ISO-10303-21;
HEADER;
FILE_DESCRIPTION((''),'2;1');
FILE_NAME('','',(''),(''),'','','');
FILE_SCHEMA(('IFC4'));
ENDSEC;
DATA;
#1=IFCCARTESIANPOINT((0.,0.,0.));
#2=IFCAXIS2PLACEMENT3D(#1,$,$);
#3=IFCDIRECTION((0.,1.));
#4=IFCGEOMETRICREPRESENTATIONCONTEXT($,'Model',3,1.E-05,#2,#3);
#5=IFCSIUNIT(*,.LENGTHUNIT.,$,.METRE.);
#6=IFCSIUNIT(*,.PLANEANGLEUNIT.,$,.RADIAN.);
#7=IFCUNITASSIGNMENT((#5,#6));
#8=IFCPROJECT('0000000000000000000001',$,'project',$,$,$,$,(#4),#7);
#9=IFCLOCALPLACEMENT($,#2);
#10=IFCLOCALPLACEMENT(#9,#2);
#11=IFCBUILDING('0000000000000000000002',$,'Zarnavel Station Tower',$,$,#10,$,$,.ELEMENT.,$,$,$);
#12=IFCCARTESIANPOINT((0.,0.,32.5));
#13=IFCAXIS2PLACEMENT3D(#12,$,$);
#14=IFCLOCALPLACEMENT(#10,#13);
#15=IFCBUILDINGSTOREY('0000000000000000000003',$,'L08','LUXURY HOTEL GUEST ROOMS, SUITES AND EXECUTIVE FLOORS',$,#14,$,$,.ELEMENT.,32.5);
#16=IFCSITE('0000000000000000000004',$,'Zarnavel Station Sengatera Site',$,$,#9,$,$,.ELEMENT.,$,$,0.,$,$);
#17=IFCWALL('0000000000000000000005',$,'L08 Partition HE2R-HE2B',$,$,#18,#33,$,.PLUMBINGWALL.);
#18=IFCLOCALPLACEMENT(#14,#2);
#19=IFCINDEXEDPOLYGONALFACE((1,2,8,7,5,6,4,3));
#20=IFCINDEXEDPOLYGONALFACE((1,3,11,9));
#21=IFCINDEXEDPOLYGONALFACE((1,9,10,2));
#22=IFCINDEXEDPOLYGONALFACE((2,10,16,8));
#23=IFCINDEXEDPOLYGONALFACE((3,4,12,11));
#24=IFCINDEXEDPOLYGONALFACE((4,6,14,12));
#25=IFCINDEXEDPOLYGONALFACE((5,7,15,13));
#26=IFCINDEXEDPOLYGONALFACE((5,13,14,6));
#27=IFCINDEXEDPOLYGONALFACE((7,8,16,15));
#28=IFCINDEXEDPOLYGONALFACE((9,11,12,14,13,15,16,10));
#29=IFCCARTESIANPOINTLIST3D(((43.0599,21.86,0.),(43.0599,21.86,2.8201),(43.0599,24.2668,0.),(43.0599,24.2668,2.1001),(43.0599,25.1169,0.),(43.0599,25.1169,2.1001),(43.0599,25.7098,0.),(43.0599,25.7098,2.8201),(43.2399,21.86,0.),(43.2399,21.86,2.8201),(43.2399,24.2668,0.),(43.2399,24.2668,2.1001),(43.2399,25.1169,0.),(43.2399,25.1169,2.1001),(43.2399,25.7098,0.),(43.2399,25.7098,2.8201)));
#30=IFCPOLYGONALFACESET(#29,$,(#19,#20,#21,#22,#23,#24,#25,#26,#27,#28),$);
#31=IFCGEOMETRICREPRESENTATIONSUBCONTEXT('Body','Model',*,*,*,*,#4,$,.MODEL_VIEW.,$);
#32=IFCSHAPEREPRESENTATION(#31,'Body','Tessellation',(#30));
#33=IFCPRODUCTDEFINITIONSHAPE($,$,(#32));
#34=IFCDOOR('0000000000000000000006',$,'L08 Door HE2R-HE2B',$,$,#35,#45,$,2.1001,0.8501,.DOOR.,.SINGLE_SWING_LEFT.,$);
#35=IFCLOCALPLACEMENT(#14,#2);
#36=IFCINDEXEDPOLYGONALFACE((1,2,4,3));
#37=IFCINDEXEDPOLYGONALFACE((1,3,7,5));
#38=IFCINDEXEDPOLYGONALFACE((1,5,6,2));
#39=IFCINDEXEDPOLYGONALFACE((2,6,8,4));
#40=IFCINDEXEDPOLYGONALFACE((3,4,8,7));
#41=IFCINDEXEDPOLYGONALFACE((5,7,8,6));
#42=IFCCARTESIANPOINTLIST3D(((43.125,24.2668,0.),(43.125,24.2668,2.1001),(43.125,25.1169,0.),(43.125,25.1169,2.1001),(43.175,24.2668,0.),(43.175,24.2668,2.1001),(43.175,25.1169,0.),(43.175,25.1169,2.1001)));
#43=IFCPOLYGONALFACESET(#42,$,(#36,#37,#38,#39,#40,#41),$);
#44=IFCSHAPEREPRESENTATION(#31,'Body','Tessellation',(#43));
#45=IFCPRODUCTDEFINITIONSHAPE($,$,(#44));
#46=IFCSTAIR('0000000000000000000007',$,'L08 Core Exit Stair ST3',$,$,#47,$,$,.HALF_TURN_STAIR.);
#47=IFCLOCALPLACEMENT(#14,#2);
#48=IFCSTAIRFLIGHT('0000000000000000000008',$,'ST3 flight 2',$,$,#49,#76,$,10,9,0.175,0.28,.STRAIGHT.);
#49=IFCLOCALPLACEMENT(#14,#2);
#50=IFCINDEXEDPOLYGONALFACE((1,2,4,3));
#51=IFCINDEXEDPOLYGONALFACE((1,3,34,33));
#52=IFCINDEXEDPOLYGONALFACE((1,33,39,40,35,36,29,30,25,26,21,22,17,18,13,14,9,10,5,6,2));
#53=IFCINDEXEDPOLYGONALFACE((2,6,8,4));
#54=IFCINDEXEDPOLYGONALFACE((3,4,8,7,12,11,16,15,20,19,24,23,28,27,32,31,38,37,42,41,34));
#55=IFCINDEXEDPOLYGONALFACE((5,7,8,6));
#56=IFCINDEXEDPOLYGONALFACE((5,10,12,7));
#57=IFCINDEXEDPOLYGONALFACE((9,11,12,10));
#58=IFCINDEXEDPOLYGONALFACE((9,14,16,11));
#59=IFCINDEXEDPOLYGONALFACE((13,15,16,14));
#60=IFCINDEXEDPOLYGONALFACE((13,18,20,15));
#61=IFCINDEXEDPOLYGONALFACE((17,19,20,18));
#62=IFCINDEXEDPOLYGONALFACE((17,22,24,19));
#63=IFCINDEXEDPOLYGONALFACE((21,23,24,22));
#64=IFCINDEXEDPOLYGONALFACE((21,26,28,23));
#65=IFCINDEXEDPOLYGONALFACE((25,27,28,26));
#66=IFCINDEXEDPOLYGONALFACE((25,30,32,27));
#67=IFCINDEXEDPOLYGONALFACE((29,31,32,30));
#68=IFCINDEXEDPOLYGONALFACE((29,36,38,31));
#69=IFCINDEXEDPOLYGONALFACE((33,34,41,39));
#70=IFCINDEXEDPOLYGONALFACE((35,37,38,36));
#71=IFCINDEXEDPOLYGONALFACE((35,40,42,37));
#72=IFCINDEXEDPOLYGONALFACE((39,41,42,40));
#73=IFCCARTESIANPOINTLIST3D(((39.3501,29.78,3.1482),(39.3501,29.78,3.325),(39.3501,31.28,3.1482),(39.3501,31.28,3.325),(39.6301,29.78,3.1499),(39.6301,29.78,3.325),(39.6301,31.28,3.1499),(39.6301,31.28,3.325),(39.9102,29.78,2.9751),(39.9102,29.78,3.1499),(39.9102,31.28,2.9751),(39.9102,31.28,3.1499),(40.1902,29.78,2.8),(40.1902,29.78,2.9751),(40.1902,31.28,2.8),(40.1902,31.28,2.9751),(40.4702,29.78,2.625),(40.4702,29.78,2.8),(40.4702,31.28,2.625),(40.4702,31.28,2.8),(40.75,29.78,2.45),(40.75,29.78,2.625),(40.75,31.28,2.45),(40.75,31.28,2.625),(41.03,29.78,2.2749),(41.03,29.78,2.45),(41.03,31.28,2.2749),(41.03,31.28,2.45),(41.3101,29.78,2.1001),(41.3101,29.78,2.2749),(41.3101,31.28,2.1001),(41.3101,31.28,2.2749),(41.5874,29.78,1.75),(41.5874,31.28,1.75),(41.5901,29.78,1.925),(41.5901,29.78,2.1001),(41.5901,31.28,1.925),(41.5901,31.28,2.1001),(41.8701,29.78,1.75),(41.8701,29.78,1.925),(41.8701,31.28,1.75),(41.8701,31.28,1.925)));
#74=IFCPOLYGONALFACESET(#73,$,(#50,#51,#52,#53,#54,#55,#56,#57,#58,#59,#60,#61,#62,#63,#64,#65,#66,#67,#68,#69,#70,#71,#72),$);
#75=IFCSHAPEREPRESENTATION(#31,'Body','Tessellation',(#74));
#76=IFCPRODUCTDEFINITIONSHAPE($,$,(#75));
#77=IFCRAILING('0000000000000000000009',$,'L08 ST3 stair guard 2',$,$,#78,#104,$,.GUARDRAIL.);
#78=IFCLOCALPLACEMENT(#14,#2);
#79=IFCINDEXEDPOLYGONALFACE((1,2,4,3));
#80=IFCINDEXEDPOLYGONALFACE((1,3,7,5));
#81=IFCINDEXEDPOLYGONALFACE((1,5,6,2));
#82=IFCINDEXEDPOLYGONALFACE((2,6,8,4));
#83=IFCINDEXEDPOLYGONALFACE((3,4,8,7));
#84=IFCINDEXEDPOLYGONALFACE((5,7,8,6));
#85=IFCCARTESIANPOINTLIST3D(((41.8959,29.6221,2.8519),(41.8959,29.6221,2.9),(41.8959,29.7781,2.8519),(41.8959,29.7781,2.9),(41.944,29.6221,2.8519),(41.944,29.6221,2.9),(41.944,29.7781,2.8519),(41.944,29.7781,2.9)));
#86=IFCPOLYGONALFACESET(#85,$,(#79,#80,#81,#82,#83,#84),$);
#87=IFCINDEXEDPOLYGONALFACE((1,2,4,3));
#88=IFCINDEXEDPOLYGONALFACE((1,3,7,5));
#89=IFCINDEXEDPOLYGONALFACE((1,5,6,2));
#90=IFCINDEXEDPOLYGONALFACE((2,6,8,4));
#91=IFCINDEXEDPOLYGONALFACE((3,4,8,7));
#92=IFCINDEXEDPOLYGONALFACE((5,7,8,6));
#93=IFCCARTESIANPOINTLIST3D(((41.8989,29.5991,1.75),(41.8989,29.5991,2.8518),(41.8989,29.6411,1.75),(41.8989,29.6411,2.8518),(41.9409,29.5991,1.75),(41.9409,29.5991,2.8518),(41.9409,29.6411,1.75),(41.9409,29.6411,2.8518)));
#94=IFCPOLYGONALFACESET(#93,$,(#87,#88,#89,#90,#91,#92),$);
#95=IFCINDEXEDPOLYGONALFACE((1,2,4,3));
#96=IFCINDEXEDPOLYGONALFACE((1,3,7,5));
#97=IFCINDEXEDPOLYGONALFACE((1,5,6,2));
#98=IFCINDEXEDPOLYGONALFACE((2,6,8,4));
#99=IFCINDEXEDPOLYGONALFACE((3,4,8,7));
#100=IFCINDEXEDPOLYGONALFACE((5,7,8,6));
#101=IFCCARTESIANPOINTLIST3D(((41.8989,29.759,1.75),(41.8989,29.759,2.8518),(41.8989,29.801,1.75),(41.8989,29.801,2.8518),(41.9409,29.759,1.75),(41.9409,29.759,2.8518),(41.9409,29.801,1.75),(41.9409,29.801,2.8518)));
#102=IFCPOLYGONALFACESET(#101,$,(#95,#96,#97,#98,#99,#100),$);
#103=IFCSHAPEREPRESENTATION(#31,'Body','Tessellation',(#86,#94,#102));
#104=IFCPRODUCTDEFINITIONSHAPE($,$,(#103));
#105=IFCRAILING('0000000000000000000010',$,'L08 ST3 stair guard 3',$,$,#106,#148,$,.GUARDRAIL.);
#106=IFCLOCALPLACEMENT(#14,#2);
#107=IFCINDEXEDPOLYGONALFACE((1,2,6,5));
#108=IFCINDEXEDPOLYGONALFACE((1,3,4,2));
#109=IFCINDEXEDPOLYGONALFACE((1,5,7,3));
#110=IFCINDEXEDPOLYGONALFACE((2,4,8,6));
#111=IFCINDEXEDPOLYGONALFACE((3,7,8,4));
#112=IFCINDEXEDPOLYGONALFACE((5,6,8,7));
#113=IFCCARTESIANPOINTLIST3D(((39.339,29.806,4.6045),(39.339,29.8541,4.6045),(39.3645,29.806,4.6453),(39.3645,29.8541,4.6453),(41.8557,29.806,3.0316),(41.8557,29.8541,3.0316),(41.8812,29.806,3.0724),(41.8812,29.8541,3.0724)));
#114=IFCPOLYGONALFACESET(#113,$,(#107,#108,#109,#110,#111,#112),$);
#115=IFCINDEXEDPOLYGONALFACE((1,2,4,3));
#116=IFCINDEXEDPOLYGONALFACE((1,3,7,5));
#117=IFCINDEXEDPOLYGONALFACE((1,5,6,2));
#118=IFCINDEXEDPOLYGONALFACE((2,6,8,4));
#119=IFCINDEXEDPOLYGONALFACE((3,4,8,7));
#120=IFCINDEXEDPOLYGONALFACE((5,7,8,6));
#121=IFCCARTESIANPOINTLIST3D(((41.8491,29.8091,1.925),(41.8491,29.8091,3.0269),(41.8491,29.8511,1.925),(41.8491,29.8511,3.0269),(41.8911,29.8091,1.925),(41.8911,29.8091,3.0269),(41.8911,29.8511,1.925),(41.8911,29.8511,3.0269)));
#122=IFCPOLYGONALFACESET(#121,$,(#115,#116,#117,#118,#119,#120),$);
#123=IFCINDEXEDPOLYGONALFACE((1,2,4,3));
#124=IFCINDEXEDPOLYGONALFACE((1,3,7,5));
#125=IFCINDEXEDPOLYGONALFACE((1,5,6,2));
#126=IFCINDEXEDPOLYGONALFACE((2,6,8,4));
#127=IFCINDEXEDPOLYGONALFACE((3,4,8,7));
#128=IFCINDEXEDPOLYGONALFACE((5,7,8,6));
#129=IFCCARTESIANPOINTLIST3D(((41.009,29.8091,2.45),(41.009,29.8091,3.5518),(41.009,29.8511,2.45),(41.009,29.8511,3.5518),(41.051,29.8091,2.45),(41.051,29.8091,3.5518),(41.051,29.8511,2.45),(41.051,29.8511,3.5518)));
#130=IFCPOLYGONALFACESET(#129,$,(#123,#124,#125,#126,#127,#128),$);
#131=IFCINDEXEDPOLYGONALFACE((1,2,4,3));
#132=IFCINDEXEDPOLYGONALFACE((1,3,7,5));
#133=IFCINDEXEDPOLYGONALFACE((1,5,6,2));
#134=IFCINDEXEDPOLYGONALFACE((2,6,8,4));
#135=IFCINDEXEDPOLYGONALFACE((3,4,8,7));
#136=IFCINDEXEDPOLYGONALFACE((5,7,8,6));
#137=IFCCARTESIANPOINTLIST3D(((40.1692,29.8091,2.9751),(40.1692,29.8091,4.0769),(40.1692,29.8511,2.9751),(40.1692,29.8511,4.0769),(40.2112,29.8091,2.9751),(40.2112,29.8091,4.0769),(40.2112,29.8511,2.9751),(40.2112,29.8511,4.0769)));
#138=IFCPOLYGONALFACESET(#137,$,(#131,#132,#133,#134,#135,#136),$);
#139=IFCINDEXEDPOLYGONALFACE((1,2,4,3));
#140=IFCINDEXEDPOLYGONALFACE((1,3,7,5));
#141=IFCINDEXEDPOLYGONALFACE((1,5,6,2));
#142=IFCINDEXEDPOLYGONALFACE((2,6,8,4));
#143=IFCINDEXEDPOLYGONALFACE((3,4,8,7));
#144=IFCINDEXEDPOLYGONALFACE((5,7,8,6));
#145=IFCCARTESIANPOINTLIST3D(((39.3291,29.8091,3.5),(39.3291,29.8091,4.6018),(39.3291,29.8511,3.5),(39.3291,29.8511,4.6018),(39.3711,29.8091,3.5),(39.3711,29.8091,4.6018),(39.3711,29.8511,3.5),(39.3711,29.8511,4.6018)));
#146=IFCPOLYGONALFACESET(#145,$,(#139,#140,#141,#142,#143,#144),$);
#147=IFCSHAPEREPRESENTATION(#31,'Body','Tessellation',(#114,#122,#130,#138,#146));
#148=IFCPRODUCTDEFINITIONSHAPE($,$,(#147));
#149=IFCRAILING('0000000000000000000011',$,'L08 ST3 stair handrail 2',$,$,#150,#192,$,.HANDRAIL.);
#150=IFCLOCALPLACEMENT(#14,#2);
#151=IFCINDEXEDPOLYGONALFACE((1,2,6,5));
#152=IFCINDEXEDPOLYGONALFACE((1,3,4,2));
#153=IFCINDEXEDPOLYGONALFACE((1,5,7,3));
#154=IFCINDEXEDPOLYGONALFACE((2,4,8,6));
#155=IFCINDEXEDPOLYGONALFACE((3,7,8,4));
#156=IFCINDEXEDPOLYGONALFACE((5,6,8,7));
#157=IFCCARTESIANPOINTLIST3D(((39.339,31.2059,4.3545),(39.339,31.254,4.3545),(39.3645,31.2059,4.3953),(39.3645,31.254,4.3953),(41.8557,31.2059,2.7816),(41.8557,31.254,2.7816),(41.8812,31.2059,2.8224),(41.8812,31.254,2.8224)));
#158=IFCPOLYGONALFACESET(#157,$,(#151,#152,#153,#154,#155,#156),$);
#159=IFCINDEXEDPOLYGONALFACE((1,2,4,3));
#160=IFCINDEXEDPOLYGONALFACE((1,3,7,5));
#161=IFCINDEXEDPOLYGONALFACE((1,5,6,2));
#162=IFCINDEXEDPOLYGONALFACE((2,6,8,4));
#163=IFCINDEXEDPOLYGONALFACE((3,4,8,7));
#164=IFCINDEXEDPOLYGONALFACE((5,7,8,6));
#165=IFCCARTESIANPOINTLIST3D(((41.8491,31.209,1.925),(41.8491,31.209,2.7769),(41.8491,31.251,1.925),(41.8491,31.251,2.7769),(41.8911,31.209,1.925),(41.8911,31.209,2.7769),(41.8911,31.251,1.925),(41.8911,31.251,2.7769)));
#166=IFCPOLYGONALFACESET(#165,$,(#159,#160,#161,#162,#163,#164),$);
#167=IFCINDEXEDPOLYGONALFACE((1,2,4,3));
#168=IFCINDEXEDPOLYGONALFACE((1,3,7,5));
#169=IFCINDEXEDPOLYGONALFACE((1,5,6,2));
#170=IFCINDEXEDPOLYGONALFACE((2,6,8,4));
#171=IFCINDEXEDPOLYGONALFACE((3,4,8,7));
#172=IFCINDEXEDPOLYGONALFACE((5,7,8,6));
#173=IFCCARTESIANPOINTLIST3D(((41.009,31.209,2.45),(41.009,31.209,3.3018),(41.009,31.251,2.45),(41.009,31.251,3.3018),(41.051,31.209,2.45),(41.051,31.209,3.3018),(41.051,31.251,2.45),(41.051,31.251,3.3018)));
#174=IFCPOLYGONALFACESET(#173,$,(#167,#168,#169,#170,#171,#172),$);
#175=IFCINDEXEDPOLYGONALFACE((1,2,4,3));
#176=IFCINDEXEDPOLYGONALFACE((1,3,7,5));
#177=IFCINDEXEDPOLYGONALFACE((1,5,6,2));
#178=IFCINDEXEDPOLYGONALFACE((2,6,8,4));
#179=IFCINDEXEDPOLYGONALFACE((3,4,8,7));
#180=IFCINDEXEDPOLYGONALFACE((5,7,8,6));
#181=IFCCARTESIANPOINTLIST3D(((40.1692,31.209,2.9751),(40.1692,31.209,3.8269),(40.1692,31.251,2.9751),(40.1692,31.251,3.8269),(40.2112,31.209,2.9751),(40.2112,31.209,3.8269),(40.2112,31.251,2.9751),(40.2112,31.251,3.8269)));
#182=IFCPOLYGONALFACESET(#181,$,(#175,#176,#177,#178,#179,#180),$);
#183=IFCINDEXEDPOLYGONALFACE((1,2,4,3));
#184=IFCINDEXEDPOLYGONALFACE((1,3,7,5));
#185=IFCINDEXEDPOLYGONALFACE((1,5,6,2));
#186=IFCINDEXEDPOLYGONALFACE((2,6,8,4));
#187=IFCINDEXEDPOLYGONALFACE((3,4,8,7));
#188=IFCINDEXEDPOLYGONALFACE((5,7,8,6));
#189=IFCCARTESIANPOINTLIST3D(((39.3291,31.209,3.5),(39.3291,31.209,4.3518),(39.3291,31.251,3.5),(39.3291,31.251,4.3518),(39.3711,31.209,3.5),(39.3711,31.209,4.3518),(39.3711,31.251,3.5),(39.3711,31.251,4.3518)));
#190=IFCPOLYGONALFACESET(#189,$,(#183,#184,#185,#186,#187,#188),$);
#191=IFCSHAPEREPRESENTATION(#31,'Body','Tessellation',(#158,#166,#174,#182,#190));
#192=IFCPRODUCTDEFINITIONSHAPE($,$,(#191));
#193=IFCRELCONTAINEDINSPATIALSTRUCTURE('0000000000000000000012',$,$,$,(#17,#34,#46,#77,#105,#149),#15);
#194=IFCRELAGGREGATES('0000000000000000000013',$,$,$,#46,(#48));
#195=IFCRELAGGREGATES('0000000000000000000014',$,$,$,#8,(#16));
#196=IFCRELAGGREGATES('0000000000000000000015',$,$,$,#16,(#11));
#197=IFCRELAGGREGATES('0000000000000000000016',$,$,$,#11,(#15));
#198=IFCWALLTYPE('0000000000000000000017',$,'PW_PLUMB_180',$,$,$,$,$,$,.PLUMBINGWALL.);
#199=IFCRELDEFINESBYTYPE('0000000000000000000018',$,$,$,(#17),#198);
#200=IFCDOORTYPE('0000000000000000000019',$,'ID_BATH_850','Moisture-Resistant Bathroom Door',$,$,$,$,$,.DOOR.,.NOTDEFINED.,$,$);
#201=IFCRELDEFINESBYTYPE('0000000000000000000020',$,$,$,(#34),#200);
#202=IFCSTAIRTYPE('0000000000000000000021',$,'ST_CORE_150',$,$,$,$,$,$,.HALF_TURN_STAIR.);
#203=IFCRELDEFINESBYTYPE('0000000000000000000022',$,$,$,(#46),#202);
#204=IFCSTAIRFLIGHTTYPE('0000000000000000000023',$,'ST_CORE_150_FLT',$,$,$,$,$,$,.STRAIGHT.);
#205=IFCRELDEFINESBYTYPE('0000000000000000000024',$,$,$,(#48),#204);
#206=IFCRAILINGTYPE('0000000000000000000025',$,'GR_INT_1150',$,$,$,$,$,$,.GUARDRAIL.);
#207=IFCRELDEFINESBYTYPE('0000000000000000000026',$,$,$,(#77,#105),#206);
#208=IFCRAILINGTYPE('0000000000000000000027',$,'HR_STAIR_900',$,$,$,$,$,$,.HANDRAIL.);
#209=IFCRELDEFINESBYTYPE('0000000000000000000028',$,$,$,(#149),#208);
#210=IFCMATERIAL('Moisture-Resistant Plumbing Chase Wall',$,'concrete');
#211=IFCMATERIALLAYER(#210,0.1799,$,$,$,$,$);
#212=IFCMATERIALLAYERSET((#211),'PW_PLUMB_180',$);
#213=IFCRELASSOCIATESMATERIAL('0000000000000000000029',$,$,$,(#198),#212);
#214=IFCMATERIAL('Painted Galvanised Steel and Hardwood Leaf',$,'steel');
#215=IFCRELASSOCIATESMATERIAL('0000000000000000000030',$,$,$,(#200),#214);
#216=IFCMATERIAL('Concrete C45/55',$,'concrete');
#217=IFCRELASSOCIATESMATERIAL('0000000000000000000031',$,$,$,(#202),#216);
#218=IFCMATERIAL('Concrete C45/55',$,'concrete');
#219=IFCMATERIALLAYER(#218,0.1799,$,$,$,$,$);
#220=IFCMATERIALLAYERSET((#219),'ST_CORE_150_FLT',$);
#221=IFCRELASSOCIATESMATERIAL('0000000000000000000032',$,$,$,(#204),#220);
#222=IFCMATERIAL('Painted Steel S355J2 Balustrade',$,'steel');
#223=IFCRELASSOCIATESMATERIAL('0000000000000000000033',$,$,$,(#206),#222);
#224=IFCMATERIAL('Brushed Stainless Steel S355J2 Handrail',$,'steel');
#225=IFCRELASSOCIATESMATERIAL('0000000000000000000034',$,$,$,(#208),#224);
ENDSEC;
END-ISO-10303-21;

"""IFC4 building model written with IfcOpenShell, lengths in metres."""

from ifc_helpers import new_model, si_unit, direction, frame, frame_2d, origin, origin_2d, place, context, subcontext, project, spatial, polyline, rectangle, outline, extrude, material, layer, layer_set, type_object, element, fill, aggregate, save


model = new_model("IFC4")

# Units and contexts
model_context = context("Model", 3, precision=1e-05, world=origin(), true_north=direction((0.0, 1.0)))
body_context = subcontext(model_context, "Body", "Model", "MODEL_VIEW")
ifc_project = project(units=[si_unit("LENGTHUNIT", "METRE"), si_unit("PLANEANGLEUNIT", "RADIAN")], contexts=[model_context])

# Site, building, storey
site_placement = place(None, origin())
site = spatial("IfcSite", under=ifc_project, at=site_placement, Name="Zarnavel Station Sengatera Site", CompositionType="ELEMENT", RefElevation=0.0)
building_placement = place(site_placement, origin())
building = spatial("IfcBuilding", under=site, at=building_placement, Name="Zarnavel Station Tower", CompositionType="ELEMENT")
storey_placement = place(building_placement, frame((0.0, 0.0, 32.5)))
storey = spatial("IfcBuildingStorey", under=building, at=storey_placement, Name="L08", Description="LUXURY HOTEL GUEST ROOMS, SUITES AND EXECUTIVE FLOORS", CompositionType="ELEMENT", Elevation=32.5)

# Shared definitions
ifc_material_1 = material(Name="Moisture-Resistant Plumbing Chase Wall", Category="concrete")
ifc_layer_1 = layer(ifc_material_1, 0.1799)
ifc_layer_set_1 = layer_set([ifc_layer_1], Name="PW_PLUMB_180")
wall_type_1 = type_object("IfcWallType", Name="PW_PLUMB_180", PredefinedType="PLUMBINGWALL", material=ifc_layer_set_1)

# Wall, opening, door
wall_1_placement = place(storey_placement, frame((43.1499, 21.8601, 0.0), z_axis=(0.0, 0.0, 1.0), x_axis=(0.0, 1.0, 0.0)))
wall_1 = element("IfcWall", 1, at=wall_1_placement, inside=storey, type_object=wall_type_1, Name="L08 Partition HE2R-HE2B", PredefinedType="PLUMBINGWALL", context=body_context, shape_type="SweptSolid", body=[
    extrude(rectangle(XDim=3.8499, YDim=0.1799, at=frame_2d((1.9248, 0.0))), origin(), (0.0, 0.0, 1.0), 2.8201),
])
opening_1_placement = place(wall_1_placement, frame((2.4067, 0.0, 0.0)))
opening_1 = element("IfcOpeningElement", 2, at=opening_1_placement, cuts=wall_1, PredefinedType="OPENING", context=body_context, shape_type="SweptSolid", body=[
    extrude(rectangle(XDim=0.8501, YDim=2.1001, at=frame_2d((0.425, 1.05))), frame((0.0, 0.0999, 0.0), z_axis=(0.0, -1.0, 0.0), x_axis=(1.0, 0.0, 0.0)), (0.0, 0.0, 1.0), 0.2),
])
ifc_material_2 = material(Name="Painted Galvanised Steel and Hardwood Leaf", Category="steel")
door_type_1 = type_object("IfcDoorType", Name="ID_BATH_850", Description="Moisture-Resistant Bathroom Door", OperationType="NOTDEFINED", PredefinedType="DOOR", material=ifc_material_2)
door_1_placement = place(opening_1_placement, origin())
door_1 = element("IfcDoor", 3, at=door_1_placement, inside=storey, type_object=door_type_1, Name="L08 Door HE2R-HE2B", OperationType="SINGLE_SWING_LEFT", OverallHeight=2.1001, OverallWidth=0.8501, PredefinedType="DOOR", context=body_context, shape_type="SweptSolid", body=[
    extrude(rectangle(XDim=0.8501, YDim=2.1001, at=frame_2d((0.425, 1.05))), frame((0.0, 0.0249, 0.0), z_axis=(0.0, -1.0, 0.0), x_axis=(1.0, 0.0, 0.0)), (0.0, 0.0, 1.0), 0.05),
])
fill(opening_1, door_1)

# Stair, stair flight
ifc_material_3 = material(Name="Concrete C45/55", Category="concrete")
stair_type = type_object("IfcStairType", Name="ST_CORE_150", PredefinedType="HALF_TURN_STAIR", material=ifc_material_3)
stair_placement = place(storey_placement, origin())
stair = element("IfcStair", 4, at=stair_placement, inside=storey, type_object=stair_type, Name="L08 Core Exit Stair ST3", PredefinedType="HALF_TURN_STAIR")
ifc_material_4 = material(Name="Concrete C45/55", Category="concrete")
ifc_layer_2 = layer(ifc_material_4, 0.1799)
ifc_layer_set_2 = layer_set([ifc_layer_2], Name="ST_CORE_150_FLT")
stair_flight_type = type_object("IfcStairFlightType", Name="ST_CORE_150_FLT", PredefinedType="STRAIGHT", material=ifc_layer_set_2)
stair_flight_placement = place(storey_placement, frame((41.8701, 30.53, 1.75), z_axis=(0.0, 0.0, 1.0), x_axis=(-1.0, 0.0, 0.0)))
stair_flight = element("IfcStairFlight", 5, at=stair_flight_placement, type_object=stair_flight_type, Name="ST3 flight 2", NumberOfRisers=10, NumberOfTreads=9, PredefinedType="STRAIGHT", RiserHeight=0.175, TreadLength=0.28, context=body_context, shape_type="SweptSolid", body=[
    extrude(outline(polyline([(0.0, 0.0), (0.0, 0.175), (0.28, 0.175), (0.28, 0.3501), (0.5601, 0.3501), (0.5601, 0.5249), (0.8401, 0.5249), (0.8401, 0.7), (1.1201, 0.7), (1.1201, 0.875), (1.3999, 0.875), (1.3999, 1.05), (1.6799, 1.05), (1.6799, 1.2251), (1.96, 1.2251), (1.96, 1.3999), (2.24, 1.3999), (2.24, 1.575), (2.52, 1.575), (2.52, 1.75), (2.52, 1.3982), (0.2827, 0.0), (0.0, 0.0)])), frame((0.0, 0.75, 0.0), z_axis=(0.0, -1.0, 0.0), x_axis=(1.0, 0.0, 0.0)), (0.0, 0.0, 1.0), 1.5),
])
aggregate(stair, [stair_flight])

# Railings
ifc_material_5 = material(Name="Painted Steel S355J2 Balustrade", Category="steel")
railing_type_1 = type_object("IfcRailingType", Name="GR_INT_1150", PredefinedType="GUARDRAIL", material=ifc_material_5)
railing_1_placement = place(storey_placement, frame((41.9199, 29.6201, 1.75)))
element("IfcRailing", 6, at=railing_1_placement, inside=storey, type_object=railing_type_1, Name="L08 ST3 stair guard 2", PredefinedType="GUARDRAIL", context=body_context, shape_type="SweptSolid", body=[
    extrude(rectangle(XDim=0.0481, YDim=0.0481, at=origin_2d()), frame((0.0, 0.002, 1.126), z_axis=(0.0, 1.0, 0.0), x_axis=(-1.0, 0.0, 0.0)), (0.0, 0.0, 1.0), 0.156),
    extrude(rectangle(XDim=0.042, YDim=0.042, at=origin_2d()), origin(), (0.0, 0.0, 1.0), 1.1018),
    extrude(rectangle(XDim=0.042, YDim=0.042, at=origin_2d()), frame((0.0, 0.1599, 0.0)), (0.0, 0.0, 1.0), 1.1018),
])
railing_2_placement = place(storey_placement, frame((41.8701, 29.8301, 1.925)))
element("IfcRailing", 7, at=railing_2_placement, inside=storey, type_object=railing_type_1, Name="L08 ST3 stair guard 3", PredefinedType="GUARDRAIL", context=body_context, shape_type="SweptSolid", body=[
    extrude(rectangle(XDim=0.0481, YDim=0.0481, at=origin_2d()), frame((-0.0017, 0.0, 1.127), z_axis=(-0.848008, 0.0, 0.529984), x_axis=(0.0, -1.0, 0.0)), (0.0, 0.0, 1.0), 2.9678),
    extrude(rectangle(XDim=0.042, YDim=0.042, at=origin_2d()), origin(), (0.0, 0.0, 1.0), 1.1018),
    extrude(rectangle(XDim=0.042, YDim=0.042, at=origin_2d()), frame((-0.8401, 0.0, 0.5249)), (0.0, 0.0, 1.0), 1.1018),
    extrude(rectangle(XDim=0.042, YDim=0.042, at=origin_2d()), frame((-1.6799, 0.0, 1.05)), (0.0, 0.0, 1.0), 1.1018),
    extrude(rectangle(XDim=0.042, YDim=0.042, at=origin_2d()), frame((-2.52, 0.0, 1.575)), (0.0, 0.0, 1.0), 1.1018),
])
ifc_material_6 = material(Name="Brushed Stainless Steel S355J2 Handrail", Category="steel")
railing_type_2 = type_object("IfcRailingType", Name="HR_STAIR_900", PredefinedType="HANDRAIL", material=ifc_material_6)
railing_3_placement = place(storey_placement, frame((41.8701, 31.23, 1.925)))
element("IfcRailing", 8, at=railing_3_placement, inside=storey, type_object=railing_type_2, Name="L08 ST3 stair handrail 2", PredefinedType="HANDRAIL", context=body_context, shape_type="SweptSolid", body=[
    extrude(rectangle(XDim=0.0481, YDim=0.0481, at=origin_2d()), frame((-0.0017, 0.0, 0.877), z_axis=(-0.848008, 0.0, 0.529984), x_axis=(0.0, -1.0, 0.0)), (0.0, 0.0, 1.0), 2.9678),
    extrude(rectangle(XDim=0.042, YDim=0.042, at=origin_2d()), origin(), (0.0, 0.0, 1.0), 0.8518),
    extrude(rectangle(XDim=0.042, YDim=0.042, at=origin_2d()), frame((-0.8401, 0.0, 0.5249)), (0.0, 0.0, 1.0), 0.8518),
    extrude(rectangle(XDim=0.042, YDim=0.042, at=origin_2d()), frame((-1.6799, 0.0, 1.05)), (0.0, 0.0, 1.0), 0.8518),
    extrude(rectangle(XDim=0.042, YDim=0.042, at=origin_2d()), frame((-2.52, 0.0, 1.575)), (0.0, 0.0, 1.0), 0.8518),
])

save(model, "model.ifc")
